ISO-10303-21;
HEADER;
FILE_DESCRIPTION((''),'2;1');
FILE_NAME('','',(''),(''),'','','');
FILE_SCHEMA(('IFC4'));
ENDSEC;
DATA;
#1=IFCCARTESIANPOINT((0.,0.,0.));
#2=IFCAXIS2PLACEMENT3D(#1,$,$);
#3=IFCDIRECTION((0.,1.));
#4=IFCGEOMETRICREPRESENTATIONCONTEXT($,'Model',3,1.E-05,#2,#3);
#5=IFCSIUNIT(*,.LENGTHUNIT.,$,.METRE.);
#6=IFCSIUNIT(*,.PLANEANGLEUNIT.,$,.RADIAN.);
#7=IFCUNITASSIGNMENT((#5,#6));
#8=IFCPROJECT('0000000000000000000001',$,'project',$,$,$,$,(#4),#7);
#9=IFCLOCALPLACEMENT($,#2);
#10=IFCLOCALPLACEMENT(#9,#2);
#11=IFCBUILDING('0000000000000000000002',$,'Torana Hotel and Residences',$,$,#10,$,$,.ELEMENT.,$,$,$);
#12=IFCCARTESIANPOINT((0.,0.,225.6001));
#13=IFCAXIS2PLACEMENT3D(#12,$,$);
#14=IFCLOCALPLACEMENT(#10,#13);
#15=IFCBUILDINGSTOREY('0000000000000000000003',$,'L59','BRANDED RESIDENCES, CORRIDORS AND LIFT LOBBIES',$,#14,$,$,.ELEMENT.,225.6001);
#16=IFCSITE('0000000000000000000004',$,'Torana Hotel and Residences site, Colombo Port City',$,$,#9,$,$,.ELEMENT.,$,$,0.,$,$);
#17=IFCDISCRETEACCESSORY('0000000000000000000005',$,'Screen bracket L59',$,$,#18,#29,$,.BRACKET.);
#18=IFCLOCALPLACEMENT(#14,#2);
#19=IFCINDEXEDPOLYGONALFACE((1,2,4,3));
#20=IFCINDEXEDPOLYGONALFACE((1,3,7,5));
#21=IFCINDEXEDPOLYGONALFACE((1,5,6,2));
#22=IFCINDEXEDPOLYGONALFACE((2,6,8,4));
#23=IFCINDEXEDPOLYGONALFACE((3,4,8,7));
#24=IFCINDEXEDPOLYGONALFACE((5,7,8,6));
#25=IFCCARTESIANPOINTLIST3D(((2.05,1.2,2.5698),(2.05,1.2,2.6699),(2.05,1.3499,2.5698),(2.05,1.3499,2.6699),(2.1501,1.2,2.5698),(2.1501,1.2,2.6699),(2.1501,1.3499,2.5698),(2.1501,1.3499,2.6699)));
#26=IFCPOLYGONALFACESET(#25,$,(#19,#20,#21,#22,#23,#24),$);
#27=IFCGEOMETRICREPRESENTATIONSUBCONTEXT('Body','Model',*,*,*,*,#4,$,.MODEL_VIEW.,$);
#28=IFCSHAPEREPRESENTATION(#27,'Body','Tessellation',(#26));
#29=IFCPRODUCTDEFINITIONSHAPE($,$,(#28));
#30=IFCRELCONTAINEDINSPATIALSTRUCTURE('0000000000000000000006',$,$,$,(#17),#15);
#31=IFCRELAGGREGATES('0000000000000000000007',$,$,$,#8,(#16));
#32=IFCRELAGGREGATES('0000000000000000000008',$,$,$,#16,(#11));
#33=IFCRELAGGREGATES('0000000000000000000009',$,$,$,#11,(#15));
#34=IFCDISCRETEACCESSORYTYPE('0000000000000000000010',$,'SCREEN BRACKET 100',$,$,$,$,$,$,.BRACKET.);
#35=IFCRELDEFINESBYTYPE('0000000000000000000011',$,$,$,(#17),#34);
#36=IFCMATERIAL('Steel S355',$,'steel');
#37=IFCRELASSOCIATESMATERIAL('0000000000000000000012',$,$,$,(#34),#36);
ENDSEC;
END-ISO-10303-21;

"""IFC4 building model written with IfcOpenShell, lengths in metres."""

from ifc_helpers import new_model, si_unit, direction, frame, origin, origin_2d, place, context, subcontext, project, spatial, rectangle, extrude, material, type_object, element, save


model = new_model("IFC4")

# Units and contexts
model_context = context("Model", 3, precision=1e-05, world=origin(), true_north=direction((0.0, 1.0)))
body_context = subcontext(model_context, "Body", "Model", "MODEL_VIEW")
ifc_project = project(units=[si_unit("LENGTHUNIT", "METRE"), si_unit("PLANEANGLEUNIT", "RADIAN")], contexts=[model_context])

# Site, building, storey
site_placement = place(None, origin())
site = spatial("IfcSite", under=ifc_project, at=site_placement, Name="Torana Hotel and Residences site, Colombo Port City", CompositionType="ELEMENT", RefElevation=0.0)
building_placement = place(site_placement, origin())
building = spatial("IfcBuilding", under=site, at=building_placement, Name="Torana Hotel and Residences", CompositionType="ELEMENT")
storey_placement = place(building_placement, frame((0.0, 0.0, 225.6001)))
storey = spatial("IfcBuildingStorey", under=building, at=storey_placement, Name="L59", Description="BRANDED RESIDENCES, CORRIDORS AND LIFT LOBBIES", CompositionType="ELEMENT", Elevation=225.6001)

# Discrete accessory
ifc_material_1 = material(Name="Steel S355", Category="steel")
discrete_accessory_type = type_object("IfcDiscreteAccessoryType", Name="SCREEN BRACKET 100", PredefinedType="BRACKET", material=ifc_material_1)
for number, where, z_axis, x_axis, name in (
    (1, (2.1001, 1.2749, 2.5698), (0.0, 0.0, 1.0), (-1.0, 0.0, 0.0), "Screen bracket L59"),
):
    element("IfcDiscreteAccessory", number, at=place(storey_placement, frame(where, z_axis=z_axis, x_axis=x_axis)), inside=storey, type_object=discrete_accessory_type, Name=name, PredefinedType="BRACKET", context=body_context, shape_type="SweptSolid", body=[
        extrude(rectangle(XDim=0.1001, YDim=0.1499, at=origin_2d()), origin(), (0.0, 0.0, 1.0), 0.1001),
    ])

save(model, "model.ifc")
